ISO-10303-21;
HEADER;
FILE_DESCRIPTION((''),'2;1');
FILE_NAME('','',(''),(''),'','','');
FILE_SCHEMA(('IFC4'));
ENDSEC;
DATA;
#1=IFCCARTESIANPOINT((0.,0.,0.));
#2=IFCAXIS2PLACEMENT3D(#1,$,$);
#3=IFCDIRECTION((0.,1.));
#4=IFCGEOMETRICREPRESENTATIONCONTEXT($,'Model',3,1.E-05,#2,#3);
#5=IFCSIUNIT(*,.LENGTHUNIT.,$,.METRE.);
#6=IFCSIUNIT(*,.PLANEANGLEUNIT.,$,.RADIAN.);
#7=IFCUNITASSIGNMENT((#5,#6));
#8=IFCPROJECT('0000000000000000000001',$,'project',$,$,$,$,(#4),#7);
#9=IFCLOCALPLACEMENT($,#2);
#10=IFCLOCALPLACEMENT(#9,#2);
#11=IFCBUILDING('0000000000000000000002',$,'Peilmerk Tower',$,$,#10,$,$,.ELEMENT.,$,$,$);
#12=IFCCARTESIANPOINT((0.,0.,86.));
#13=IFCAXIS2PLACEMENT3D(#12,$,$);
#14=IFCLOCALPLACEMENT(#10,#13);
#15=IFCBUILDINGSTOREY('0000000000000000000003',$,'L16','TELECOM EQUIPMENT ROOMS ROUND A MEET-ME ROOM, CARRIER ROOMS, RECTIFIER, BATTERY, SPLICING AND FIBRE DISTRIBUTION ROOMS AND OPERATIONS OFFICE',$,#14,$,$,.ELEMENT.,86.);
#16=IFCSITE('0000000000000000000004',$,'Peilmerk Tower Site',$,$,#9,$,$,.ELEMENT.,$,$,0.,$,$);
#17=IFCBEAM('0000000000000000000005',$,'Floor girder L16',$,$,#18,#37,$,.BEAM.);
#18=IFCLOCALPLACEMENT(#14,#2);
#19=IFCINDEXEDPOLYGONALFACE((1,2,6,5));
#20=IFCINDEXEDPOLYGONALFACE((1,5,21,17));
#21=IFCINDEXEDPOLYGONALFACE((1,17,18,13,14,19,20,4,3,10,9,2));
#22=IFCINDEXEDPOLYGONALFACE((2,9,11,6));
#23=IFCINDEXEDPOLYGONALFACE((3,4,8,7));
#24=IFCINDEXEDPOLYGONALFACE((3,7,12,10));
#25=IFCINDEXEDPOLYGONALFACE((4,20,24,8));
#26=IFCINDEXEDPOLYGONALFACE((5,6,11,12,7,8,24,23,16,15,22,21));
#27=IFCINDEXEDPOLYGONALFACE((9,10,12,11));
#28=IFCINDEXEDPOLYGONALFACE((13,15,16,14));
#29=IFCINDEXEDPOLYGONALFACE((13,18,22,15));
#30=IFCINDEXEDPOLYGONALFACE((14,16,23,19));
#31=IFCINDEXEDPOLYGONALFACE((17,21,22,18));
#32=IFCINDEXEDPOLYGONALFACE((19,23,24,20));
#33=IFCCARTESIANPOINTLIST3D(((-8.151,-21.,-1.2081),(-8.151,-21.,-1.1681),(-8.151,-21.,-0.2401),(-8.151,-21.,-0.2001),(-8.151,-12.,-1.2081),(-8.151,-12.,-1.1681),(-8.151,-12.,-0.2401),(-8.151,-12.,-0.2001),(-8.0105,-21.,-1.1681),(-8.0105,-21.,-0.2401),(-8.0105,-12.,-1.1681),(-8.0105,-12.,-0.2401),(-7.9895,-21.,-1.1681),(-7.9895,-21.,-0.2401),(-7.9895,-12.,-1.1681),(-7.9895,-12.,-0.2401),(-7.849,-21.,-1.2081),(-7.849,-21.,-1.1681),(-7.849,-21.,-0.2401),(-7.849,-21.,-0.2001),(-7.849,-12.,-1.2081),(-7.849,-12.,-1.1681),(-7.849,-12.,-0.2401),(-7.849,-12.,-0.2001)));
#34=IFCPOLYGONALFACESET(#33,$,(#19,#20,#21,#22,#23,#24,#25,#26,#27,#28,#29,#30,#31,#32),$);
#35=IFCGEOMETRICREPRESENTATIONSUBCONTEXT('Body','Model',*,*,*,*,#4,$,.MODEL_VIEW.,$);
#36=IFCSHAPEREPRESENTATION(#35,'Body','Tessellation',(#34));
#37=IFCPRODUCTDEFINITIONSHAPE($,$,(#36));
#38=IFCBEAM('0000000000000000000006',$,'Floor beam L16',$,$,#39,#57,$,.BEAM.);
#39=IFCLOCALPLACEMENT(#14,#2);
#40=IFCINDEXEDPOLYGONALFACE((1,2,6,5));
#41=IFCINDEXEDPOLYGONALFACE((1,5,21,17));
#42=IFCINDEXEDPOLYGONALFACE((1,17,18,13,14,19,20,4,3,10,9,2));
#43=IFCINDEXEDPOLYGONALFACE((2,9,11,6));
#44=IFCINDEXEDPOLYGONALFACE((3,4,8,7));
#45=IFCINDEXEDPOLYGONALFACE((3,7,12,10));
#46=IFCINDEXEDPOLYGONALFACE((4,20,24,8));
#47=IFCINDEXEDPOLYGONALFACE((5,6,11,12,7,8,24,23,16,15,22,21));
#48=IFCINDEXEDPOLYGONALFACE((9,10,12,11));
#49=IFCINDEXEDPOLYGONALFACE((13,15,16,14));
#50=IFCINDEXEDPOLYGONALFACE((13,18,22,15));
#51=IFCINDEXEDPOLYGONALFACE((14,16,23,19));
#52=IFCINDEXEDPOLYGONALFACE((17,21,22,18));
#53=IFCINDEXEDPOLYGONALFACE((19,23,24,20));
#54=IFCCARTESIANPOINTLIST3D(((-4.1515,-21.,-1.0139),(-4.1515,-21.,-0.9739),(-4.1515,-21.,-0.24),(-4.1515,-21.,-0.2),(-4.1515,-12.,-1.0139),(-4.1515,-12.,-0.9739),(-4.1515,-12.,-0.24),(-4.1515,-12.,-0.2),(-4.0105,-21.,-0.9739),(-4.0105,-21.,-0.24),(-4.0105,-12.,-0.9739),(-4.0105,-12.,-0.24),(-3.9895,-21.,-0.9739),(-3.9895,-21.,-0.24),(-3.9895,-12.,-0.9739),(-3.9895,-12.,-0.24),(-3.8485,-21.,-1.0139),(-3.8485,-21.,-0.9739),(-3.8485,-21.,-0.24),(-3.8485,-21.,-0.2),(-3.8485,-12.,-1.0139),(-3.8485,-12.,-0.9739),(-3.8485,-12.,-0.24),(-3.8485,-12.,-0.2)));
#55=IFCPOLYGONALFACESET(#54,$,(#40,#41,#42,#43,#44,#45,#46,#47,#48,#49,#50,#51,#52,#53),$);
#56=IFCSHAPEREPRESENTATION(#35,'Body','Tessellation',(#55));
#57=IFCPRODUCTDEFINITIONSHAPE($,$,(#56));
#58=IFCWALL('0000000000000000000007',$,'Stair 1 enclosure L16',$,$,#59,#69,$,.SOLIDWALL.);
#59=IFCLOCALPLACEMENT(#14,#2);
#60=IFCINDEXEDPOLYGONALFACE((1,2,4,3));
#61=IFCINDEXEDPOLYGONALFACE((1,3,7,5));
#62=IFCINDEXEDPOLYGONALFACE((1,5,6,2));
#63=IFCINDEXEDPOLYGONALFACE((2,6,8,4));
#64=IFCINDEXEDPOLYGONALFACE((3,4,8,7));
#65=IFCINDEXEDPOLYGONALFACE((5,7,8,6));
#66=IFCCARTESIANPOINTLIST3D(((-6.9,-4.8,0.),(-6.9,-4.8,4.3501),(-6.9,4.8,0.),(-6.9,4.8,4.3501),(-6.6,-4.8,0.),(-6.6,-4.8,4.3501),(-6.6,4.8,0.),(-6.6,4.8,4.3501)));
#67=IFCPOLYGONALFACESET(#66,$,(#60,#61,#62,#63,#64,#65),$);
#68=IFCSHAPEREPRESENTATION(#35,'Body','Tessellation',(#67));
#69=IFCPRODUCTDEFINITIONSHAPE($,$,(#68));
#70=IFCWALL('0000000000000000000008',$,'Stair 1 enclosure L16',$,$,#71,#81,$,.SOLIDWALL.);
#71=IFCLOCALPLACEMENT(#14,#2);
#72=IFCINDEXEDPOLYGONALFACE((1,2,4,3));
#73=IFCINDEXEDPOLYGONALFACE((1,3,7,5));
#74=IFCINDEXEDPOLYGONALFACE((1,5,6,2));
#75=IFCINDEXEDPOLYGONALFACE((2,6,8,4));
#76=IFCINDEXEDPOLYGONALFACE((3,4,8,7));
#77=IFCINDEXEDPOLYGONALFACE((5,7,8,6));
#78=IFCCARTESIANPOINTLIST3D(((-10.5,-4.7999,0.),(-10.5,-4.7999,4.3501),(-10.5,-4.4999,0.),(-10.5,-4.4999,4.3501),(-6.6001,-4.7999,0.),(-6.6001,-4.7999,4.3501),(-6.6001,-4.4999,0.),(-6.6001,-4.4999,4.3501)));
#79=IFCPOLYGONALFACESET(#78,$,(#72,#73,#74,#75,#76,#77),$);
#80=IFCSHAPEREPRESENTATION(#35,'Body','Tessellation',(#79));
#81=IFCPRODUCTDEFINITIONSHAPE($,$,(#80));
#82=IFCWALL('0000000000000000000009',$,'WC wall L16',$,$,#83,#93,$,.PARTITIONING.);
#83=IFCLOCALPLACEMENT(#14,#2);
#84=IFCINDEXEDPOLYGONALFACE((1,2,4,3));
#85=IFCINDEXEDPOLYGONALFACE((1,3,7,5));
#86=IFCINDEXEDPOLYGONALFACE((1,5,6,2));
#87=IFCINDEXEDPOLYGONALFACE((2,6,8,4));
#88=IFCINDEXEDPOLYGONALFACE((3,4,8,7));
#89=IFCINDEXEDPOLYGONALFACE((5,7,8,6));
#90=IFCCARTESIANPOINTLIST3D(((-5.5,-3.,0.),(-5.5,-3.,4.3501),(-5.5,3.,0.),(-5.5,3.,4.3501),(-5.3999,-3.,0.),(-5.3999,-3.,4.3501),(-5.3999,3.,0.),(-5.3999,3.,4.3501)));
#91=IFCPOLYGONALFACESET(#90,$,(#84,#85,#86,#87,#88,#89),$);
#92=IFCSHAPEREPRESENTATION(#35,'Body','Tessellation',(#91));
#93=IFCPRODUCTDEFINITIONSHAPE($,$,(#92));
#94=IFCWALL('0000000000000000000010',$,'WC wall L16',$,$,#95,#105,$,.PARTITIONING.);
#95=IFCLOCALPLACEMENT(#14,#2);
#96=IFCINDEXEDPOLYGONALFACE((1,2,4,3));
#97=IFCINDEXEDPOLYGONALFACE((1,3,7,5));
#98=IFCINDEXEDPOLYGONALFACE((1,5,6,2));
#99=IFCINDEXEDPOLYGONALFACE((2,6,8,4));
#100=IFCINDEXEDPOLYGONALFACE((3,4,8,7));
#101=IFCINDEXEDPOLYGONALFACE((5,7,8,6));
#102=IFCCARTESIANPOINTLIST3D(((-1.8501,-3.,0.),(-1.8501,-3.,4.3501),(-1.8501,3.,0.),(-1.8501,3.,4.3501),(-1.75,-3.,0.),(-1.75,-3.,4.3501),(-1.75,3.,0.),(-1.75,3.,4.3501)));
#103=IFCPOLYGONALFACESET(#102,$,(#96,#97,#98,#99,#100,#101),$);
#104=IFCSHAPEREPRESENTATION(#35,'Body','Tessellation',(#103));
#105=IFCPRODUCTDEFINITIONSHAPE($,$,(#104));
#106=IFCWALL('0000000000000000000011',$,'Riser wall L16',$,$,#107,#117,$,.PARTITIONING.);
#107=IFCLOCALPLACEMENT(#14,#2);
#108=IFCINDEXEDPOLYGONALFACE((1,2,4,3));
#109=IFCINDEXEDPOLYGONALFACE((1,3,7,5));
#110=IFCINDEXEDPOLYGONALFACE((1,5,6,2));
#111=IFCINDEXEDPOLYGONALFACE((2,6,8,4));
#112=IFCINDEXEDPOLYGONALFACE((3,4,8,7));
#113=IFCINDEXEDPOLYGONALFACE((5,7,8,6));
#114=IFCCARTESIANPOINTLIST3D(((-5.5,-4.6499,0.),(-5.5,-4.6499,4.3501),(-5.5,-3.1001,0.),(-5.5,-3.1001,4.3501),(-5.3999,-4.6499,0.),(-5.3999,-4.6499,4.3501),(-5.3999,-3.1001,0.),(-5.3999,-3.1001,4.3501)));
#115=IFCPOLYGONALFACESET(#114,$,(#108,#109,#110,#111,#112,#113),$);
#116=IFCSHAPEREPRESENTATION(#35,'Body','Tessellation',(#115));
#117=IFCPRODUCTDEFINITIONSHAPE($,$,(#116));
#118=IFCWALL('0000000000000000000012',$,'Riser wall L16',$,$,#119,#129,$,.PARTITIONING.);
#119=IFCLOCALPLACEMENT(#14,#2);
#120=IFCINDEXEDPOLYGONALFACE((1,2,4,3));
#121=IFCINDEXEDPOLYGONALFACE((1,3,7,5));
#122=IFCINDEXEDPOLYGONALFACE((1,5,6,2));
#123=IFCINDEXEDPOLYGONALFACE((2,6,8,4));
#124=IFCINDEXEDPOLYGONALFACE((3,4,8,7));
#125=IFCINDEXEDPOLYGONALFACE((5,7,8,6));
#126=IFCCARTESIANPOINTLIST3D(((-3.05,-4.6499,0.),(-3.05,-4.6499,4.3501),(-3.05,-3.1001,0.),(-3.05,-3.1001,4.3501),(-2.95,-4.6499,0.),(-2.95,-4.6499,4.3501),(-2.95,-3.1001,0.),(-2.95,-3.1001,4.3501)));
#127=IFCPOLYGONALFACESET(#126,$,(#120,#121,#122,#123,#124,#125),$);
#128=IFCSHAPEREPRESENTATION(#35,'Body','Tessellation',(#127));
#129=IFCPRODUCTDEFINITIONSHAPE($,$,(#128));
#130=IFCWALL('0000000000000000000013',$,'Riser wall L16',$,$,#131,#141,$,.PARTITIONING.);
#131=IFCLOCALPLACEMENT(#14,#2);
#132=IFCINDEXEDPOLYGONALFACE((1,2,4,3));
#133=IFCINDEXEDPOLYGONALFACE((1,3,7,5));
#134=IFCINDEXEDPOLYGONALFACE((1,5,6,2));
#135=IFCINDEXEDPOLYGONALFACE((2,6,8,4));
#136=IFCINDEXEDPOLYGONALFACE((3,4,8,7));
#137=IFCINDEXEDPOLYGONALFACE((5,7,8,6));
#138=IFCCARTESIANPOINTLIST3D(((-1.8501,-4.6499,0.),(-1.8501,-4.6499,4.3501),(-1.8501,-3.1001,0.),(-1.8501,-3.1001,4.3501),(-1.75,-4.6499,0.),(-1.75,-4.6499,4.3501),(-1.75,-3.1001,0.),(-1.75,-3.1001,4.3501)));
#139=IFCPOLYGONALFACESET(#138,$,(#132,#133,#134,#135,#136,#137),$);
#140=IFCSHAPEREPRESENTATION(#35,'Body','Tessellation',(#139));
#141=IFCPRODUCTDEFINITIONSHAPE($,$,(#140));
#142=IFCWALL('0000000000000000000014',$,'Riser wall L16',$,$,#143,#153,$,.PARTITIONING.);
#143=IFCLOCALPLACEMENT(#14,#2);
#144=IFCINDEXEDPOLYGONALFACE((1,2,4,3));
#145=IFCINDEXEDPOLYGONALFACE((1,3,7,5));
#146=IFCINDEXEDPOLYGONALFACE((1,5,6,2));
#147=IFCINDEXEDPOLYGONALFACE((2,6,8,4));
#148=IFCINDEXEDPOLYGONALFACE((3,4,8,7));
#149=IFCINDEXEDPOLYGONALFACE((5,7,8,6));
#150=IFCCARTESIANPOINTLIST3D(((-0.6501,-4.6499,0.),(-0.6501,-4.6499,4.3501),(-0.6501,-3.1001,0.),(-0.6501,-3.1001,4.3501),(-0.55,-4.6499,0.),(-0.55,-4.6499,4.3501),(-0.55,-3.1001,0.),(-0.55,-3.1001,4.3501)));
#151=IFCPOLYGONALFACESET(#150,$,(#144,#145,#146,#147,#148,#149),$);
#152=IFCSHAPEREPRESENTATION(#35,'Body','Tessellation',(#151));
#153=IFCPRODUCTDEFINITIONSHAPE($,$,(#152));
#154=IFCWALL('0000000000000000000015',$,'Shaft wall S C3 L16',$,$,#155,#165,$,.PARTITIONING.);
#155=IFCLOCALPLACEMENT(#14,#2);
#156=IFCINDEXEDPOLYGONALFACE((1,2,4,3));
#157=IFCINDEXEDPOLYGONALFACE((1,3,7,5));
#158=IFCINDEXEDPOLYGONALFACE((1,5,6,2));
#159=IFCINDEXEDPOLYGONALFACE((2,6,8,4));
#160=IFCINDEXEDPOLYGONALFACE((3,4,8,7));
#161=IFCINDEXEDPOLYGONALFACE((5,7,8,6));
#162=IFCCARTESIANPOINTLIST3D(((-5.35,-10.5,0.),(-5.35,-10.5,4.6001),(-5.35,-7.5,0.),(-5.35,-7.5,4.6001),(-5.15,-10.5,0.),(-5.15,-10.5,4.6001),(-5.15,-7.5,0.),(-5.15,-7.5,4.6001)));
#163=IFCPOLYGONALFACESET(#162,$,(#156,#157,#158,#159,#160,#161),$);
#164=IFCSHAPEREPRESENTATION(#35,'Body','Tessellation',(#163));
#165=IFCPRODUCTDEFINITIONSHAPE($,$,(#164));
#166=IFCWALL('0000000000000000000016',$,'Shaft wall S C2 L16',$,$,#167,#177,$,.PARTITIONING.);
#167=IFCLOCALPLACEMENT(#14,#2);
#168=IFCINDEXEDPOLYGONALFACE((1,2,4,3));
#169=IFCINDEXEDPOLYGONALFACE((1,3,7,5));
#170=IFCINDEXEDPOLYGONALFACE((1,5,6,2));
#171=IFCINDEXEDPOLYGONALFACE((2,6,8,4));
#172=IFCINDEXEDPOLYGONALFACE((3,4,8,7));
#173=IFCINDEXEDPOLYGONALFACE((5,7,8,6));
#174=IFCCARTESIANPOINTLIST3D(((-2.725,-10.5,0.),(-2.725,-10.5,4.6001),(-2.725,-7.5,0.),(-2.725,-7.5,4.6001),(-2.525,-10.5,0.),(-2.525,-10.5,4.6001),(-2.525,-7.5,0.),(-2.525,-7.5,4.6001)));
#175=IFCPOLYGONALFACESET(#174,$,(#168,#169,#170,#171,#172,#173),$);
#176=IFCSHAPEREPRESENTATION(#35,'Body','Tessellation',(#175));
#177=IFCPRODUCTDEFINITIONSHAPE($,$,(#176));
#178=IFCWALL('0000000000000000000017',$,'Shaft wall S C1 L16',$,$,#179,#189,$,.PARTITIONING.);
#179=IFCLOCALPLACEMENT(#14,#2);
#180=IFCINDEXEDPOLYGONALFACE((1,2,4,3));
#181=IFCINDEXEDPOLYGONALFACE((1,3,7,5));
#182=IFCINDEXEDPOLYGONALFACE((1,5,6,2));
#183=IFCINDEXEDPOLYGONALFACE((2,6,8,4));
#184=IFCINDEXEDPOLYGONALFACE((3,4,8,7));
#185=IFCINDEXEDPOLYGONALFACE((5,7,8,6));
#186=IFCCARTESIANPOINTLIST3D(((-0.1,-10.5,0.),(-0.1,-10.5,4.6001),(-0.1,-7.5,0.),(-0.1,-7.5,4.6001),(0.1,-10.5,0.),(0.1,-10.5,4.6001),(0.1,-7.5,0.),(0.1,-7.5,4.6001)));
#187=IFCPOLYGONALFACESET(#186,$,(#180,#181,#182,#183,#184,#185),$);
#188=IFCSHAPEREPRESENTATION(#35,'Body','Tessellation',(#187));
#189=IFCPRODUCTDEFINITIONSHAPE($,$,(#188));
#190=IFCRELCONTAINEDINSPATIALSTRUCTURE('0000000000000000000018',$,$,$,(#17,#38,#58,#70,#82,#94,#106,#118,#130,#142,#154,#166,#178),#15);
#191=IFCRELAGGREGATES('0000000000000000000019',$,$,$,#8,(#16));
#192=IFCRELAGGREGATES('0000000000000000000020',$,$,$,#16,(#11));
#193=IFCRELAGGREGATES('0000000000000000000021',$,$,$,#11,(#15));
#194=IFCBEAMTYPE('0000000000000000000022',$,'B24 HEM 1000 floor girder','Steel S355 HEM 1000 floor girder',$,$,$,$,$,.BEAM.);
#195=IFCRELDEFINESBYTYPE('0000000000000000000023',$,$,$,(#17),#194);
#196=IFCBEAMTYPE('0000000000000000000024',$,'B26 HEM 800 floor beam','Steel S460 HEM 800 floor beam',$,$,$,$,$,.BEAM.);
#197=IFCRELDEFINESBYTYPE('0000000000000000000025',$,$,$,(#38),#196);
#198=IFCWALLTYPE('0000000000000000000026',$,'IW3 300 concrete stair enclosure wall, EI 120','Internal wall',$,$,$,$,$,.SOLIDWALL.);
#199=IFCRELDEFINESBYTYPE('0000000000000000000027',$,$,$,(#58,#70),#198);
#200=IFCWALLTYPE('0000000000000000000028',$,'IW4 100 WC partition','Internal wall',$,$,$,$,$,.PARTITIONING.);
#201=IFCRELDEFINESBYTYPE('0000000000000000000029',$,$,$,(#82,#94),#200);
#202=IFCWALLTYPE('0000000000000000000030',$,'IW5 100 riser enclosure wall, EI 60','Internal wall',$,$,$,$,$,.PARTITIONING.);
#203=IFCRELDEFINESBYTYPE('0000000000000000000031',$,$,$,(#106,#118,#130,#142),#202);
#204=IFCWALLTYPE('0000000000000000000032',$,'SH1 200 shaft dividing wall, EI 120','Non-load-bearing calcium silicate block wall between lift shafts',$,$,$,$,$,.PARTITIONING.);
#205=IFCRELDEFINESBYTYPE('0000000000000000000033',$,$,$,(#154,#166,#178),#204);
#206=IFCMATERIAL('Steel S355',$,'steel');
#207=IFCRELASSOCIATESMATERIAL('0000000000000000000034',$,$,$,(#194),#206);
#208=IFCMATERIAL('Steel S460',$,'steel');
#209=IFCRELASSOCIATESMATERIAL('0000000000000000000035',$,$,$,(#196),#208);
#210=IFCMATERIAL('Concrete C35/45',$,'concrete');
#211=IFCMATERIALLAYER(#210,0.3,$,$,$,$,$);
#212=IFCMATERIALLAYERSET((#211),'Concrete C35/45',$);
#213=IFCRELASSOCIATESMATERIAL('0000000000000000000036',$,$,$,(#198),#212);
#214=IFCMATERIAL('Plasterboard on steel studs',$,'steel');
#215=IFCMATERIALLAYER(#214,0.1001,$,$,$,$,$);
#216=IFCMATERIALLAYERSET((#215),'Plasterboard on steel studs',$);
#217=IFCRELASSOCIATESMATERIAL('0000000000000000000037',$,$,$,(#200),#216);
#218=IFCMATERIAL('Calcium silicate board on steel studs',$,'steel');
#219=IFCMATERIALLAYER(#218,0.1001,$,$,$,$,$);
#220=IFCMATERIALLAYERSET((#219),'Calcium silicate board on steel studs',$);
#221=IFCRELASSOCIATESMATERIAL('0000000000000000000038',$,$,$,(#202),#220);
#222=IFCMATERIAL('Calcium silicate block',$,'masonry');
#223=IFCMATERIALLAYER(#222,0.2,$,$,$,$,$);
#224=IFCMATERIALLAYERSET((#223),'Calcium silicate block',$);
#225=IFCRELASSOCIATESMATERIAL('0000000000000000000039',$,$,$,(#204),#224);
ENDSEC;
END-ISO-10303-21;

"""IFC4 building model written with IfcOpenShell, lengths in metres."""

from ifc_helpers import new_model, si_unit, direction, frame, frame_2d, origin, origin_2d, place, context, subcontext, project, spatial, rectangle, i_section, extrude, material, layer, layer_set, material_profile, profile_set, type_object, element, save


model = new_model("IFC4")

# Units and contexts
model_context = context("Model", 3, precision=1e-05, world=origin(), true_north=direction((0.0, 1.0)))
body_context = subcontext(model_context, "Body", "Model", "MODEL_VIEW")
ifc_project = project(units=[si_unit("LENGTHUNIT", "METRE"), si_unit("PLANEANGLEUNIT", "RADIAN")], contexts=[model_context])

# Site, building, storey
site_placement = place(None, origin())
site = spatial("IfcSite", under=ifc_project, at=site_placement, Name="Peilmerk Tower Site", CompositionType="ELEMENT", RefElevation=0.0)
building_placement = place(site_placement, origin())
building = spatial("IfcBuilding", under=site, at=building_placement, Name="Peilmerk Tower", CompositionType="ELEMENT")
storey_placement = place(building_placement, frame((0.0, 0.0, 86.0)))
storey = spatial("IfcBuildingStorey", under=building, at=storey_placement, Name="L16", Description="TELECOM EQUIPMENT ROOMS ROUND A MEET-ME ROOM, CARRIER ROOMS, RECTIFIER, BATTERY, SPLICING AND FIBRE DISTRIBUTION ROOMS AND OPERATIONS OFFICE", CompositionType="ELEMENT", Elevation=86.0)

# Beams
ifc_material_1 = material(Name="Steel S355", Category="steel")
ifc_material_profile_1 = material_profile(ifc_material_1, i_section(OverallWidth=0.302, OverallDepth=1.0081, WebThickness=0.021, FlangeThickness=0.04, at=origin_2d()), Name="HEM 1000")
ifc_profile_set_1 = profile_set([ifc_material_profile_1], Name="Steel S355")
beam_type_1 = type_object("IfcBeamType", Name="B24 HEM 1000 floor girder", Description="Steel S355 HEM 1000 floor girder", PredefinedType="BEAM", material=ifc_profile_set_1)
beam_1_placement = place(storey_placement, frame((-8.0, -12.0, -0.7041), z_axis=(0.0, -1.0, 0.0), x_axis=(1.0, 0.0, 0.0)))
element("IfcBeam", 1, at=beam_1_placement, inside=storey, type_object=beam_type_1, Name="Floor girder L16", PredefinedType="BEAM", context=body_context, shape_type="SweptSolid", body=[
    extrude(i_section(OverallWidth=0.302, OverallDepth=1.0081, WebThickness=0.021, FlangeThickness=0.04, at=origin_2d()), origin(), (0.0, 0.0, 1.0), 9.0),
])
ifc_material_2 = material(Name="Steel S460", Category="steel")
ifc_material_profile_2 = material_profile(ifc_material_2, i_section(OverallWidth=0.303, OverallDepth=0.814, WebThickness=0.021, FlangeThickness=0.04, at=origin_2d()), Name="HEM 800")
ifc_profile_set_2 = profile_set([ifc_material_profile_2], Name="Steel S460")
beam_type_2 = type_object("IfcBeamType", Name="B26 HEM 800 floor beam", Description="Steel S460 HEM 800 floor beam", PredefinedType="BEAM", material=ifc_profile_set_2)
beam_2_placement = place(storey_placement, frame((-4.0, -12.0, -0.6069), z_axis=(0.0, -1.0, 0.0), x_axis=(1.0, 0.0, 0.0)))
element("IfcBeam", 2, at=beam_2_placement, inside=storey, type_object=beam_type_2, Name="Floor beam L16", PredefinedType="BEAM", context=body_context, shape_type="SweptSolid", body=[
    extrude(i_section(OverallWidth=0.303, OverallDepth=0.814, WebThickness=0.021, FlangeThickness=0.04, at=origin_2d()), origin(), (0.0, 0.0, 1.0), 9.0),
])

# Walls
ifc_material_3 = material(Name="Concrete C35/45", Category="concrete")
ifc_layer_1 = layer(ifc_material_3, 0.3)
ifc_layer_set_1 = layer_set([ifc_layer_1], Name="Concrete C35/45")
wall_type_1 = type_object("IfcWallType", Name="IW3 300 concrete stair enclosure wall, EI 120", Description="Internal wall", PredefinedType="SOLIDWALL", material=ifc_layer_set_1)
wall_1_placement = place(storey_placement, frame((-6.75, -4.8, 0.0), z_axis=(0.0, 0.0, 1.0), x_axis=(0.0, 1.0, 0.0)))
element("IfcWall", 3, at=wall_1_placement, inside=storey, type_object=wall_type_1, Name="Stair 1 enclosure L16", PredefinedType="SOLIDWALL", context=body_context, shape_type="SweptSolid", body=[
    extrude(rectangle(XDim=9.6001, YDim=0.3, at=frame_2d((4.8, 0.0))), origin(), (0.0, 0.0, 1.0), 4.3501),
])
wall_2_placement = place(storey_placement, frame((-6.6001, -4.6499, 0.0), z_axis=(0.0, 0.0, 1.0), x_axis=(-1.0, 0.0, 0.0)))
element("IfcWall", 4, at=wall_2_placement, inside=storey, type_object=wall_type_1, Name="Stair 1 enclosure L16", PredefinedType="SOLIDWALL", context=body_context, shape_type="SweptSolid", body=[
    extrude(rectangle(XDim=3.8999, YDim=0.3, at=frame_2d((1.95, 0.0))), origin(), (0.0, 0.0, 1.0), 4.3501),
])
ifc_material_4 = material(Name="Plasterboard on steel studs", Category="steel")
ifc_layer_2 = layer(ifc_material_4, 0.1001)
ifc_layer_set_2 = layer_set([ifc_layer_2], Name="Plasterboard on steel studs")
wall_type_2 = type_object("IfcWallType", Name="IW4 100 WC partition", Description="Internal wall", PredefinedType="PARTITIONING", material=ifc_layer_set_2)
for number, where, z_axis, x_axis, name in (
    (5, (-5.45, -3.0, 0.0), (0.0, 0.0, 1.0), (0.0, 1.0, 0.0), "WC wall L16"),
    (6, (-1.8, -3.0, 0.0), (0.0, 0.0, 1.0), (0.0, 1.0, 0.0), "WC wall L16"),
):
    element("IfcWall", number, at=place(storey_placement, frame(where, z_axis=z_axis, x_axis=x_axis)), inside=storey, type_object=wall_type_2, Name=name, PredefinedType="PARTITIONING", context=body_context, shape_type="SweptSolid", body=[
        extrude(rectangle(XDim=6.0, YDim=0.1001, at=frame_2d((3.0, 0.0))), origin(), (0.0, 0.0, 1.0), 4.3501),
    ])
ifc_material_5 = material(Name="Calcium silicate board on steel studs", Category="steel")
ifc_layer_3 = layer(ifc_material_5, 0.1001)
ifc_layer_set_3 = layer_set([ifc_layer_3], Name="Calcium silicate board on steel studs")
wall_type_3 = type_object("IfcWallType", Name="IW5 100 riser enclosure wall, EI 60", Description="Internal wall", PredefinedType="PARTITIONING", material=ifc_layer_set_3)
for number, where, z_axis, x_axis, name in (
    (7, (-5.45, -3.1001, 0.0), (0.0, 0.0, 1.0), (0.0, -1.0, 0.0), "Riser wall L16"),
    (8, (-3.0, -3.1001, 0.0), (0.0, 0.0, 1.0), (0.0, -1.0, 0.0), "Riser wall L16"),
    (9, (-1.8, -3.1001, 0.0), (0.0, 0.0, 1.0), (0.0, -1.0, 0.0), "Riser wall L16"),
    (10, (-0.6001, -3.1001, 0.0), (0.0, 0.0, 1.0), (0.0, -1.0, 0.0), "Riser wall L16"),
):
    element("IfcWall", number, at=place(storey_placement, frame(where, z_axis=z_axis, x_axis=x_axis)), inside=storey, type_object=wall_type_3, Name=name, PredefinedType="PARTITIONING", context=body_context, shape_type="SweptSolid", body=[
        extrude(rectangle(XDim=1.5498, YDim=0.1001, at=frame_2d((0.7749, 0.0))), origin(), (0.0, 0.0, 1.0), 4.3501),
    ])
ifc_material_6 = material(Name="Calcium silicate block", Category="masonry")
ifc_layer_4 = layer(ifc_material_6, 0.2)
ifc_layer_set_4 = layer_set([ifc_layer_4], Name="Calcium silicate block")
wall_type_4 = type_object("IfcWallType", Name="SH1 200 shaft dividing wall, EI 120", Description="Non-load-bearing calcium silicate block wall between lift shafts", PredefinedType="PARTITIONING", material=ifc_layer_set_4)
for number, where, z_axis, x_axis, name in (
    (11, (-5.25, -10.5, 0.0), (0.0, 0.0, 1.0), (0.0, 1.0, 0.0), "Shaft wall S C3 L16"),
    (12, (-2.625, -10.5, 0.0), (0.0, 0.0, 1.0), (0.0, 1.0, 0.0), "Shaft wall S C2 L16"),
    (13, (0.0, -10.5, 0.0), (0.0, 0.0, 1.0), (0.0, 1.0, 0.0), "Shaft wall S C1 L16"),
):
    element("IfcWall", number, at=place(storey_placement, frame(where, z_axis=z_axis, x_axis=x_axis)), inside=storey, type_object=wall_type_4, Name=name, PredefinedType="PARTITIONING", context=body_context, shape_type="SweptSolid", body=[
        extrude(rectangle(XDim=3.0, YDim=0.2, at=frame_2d((1.5, 0.0))), origin(), (0.0, 0.0, 1.0), 4.6001),
    ])

save(model, "model.ifc")
